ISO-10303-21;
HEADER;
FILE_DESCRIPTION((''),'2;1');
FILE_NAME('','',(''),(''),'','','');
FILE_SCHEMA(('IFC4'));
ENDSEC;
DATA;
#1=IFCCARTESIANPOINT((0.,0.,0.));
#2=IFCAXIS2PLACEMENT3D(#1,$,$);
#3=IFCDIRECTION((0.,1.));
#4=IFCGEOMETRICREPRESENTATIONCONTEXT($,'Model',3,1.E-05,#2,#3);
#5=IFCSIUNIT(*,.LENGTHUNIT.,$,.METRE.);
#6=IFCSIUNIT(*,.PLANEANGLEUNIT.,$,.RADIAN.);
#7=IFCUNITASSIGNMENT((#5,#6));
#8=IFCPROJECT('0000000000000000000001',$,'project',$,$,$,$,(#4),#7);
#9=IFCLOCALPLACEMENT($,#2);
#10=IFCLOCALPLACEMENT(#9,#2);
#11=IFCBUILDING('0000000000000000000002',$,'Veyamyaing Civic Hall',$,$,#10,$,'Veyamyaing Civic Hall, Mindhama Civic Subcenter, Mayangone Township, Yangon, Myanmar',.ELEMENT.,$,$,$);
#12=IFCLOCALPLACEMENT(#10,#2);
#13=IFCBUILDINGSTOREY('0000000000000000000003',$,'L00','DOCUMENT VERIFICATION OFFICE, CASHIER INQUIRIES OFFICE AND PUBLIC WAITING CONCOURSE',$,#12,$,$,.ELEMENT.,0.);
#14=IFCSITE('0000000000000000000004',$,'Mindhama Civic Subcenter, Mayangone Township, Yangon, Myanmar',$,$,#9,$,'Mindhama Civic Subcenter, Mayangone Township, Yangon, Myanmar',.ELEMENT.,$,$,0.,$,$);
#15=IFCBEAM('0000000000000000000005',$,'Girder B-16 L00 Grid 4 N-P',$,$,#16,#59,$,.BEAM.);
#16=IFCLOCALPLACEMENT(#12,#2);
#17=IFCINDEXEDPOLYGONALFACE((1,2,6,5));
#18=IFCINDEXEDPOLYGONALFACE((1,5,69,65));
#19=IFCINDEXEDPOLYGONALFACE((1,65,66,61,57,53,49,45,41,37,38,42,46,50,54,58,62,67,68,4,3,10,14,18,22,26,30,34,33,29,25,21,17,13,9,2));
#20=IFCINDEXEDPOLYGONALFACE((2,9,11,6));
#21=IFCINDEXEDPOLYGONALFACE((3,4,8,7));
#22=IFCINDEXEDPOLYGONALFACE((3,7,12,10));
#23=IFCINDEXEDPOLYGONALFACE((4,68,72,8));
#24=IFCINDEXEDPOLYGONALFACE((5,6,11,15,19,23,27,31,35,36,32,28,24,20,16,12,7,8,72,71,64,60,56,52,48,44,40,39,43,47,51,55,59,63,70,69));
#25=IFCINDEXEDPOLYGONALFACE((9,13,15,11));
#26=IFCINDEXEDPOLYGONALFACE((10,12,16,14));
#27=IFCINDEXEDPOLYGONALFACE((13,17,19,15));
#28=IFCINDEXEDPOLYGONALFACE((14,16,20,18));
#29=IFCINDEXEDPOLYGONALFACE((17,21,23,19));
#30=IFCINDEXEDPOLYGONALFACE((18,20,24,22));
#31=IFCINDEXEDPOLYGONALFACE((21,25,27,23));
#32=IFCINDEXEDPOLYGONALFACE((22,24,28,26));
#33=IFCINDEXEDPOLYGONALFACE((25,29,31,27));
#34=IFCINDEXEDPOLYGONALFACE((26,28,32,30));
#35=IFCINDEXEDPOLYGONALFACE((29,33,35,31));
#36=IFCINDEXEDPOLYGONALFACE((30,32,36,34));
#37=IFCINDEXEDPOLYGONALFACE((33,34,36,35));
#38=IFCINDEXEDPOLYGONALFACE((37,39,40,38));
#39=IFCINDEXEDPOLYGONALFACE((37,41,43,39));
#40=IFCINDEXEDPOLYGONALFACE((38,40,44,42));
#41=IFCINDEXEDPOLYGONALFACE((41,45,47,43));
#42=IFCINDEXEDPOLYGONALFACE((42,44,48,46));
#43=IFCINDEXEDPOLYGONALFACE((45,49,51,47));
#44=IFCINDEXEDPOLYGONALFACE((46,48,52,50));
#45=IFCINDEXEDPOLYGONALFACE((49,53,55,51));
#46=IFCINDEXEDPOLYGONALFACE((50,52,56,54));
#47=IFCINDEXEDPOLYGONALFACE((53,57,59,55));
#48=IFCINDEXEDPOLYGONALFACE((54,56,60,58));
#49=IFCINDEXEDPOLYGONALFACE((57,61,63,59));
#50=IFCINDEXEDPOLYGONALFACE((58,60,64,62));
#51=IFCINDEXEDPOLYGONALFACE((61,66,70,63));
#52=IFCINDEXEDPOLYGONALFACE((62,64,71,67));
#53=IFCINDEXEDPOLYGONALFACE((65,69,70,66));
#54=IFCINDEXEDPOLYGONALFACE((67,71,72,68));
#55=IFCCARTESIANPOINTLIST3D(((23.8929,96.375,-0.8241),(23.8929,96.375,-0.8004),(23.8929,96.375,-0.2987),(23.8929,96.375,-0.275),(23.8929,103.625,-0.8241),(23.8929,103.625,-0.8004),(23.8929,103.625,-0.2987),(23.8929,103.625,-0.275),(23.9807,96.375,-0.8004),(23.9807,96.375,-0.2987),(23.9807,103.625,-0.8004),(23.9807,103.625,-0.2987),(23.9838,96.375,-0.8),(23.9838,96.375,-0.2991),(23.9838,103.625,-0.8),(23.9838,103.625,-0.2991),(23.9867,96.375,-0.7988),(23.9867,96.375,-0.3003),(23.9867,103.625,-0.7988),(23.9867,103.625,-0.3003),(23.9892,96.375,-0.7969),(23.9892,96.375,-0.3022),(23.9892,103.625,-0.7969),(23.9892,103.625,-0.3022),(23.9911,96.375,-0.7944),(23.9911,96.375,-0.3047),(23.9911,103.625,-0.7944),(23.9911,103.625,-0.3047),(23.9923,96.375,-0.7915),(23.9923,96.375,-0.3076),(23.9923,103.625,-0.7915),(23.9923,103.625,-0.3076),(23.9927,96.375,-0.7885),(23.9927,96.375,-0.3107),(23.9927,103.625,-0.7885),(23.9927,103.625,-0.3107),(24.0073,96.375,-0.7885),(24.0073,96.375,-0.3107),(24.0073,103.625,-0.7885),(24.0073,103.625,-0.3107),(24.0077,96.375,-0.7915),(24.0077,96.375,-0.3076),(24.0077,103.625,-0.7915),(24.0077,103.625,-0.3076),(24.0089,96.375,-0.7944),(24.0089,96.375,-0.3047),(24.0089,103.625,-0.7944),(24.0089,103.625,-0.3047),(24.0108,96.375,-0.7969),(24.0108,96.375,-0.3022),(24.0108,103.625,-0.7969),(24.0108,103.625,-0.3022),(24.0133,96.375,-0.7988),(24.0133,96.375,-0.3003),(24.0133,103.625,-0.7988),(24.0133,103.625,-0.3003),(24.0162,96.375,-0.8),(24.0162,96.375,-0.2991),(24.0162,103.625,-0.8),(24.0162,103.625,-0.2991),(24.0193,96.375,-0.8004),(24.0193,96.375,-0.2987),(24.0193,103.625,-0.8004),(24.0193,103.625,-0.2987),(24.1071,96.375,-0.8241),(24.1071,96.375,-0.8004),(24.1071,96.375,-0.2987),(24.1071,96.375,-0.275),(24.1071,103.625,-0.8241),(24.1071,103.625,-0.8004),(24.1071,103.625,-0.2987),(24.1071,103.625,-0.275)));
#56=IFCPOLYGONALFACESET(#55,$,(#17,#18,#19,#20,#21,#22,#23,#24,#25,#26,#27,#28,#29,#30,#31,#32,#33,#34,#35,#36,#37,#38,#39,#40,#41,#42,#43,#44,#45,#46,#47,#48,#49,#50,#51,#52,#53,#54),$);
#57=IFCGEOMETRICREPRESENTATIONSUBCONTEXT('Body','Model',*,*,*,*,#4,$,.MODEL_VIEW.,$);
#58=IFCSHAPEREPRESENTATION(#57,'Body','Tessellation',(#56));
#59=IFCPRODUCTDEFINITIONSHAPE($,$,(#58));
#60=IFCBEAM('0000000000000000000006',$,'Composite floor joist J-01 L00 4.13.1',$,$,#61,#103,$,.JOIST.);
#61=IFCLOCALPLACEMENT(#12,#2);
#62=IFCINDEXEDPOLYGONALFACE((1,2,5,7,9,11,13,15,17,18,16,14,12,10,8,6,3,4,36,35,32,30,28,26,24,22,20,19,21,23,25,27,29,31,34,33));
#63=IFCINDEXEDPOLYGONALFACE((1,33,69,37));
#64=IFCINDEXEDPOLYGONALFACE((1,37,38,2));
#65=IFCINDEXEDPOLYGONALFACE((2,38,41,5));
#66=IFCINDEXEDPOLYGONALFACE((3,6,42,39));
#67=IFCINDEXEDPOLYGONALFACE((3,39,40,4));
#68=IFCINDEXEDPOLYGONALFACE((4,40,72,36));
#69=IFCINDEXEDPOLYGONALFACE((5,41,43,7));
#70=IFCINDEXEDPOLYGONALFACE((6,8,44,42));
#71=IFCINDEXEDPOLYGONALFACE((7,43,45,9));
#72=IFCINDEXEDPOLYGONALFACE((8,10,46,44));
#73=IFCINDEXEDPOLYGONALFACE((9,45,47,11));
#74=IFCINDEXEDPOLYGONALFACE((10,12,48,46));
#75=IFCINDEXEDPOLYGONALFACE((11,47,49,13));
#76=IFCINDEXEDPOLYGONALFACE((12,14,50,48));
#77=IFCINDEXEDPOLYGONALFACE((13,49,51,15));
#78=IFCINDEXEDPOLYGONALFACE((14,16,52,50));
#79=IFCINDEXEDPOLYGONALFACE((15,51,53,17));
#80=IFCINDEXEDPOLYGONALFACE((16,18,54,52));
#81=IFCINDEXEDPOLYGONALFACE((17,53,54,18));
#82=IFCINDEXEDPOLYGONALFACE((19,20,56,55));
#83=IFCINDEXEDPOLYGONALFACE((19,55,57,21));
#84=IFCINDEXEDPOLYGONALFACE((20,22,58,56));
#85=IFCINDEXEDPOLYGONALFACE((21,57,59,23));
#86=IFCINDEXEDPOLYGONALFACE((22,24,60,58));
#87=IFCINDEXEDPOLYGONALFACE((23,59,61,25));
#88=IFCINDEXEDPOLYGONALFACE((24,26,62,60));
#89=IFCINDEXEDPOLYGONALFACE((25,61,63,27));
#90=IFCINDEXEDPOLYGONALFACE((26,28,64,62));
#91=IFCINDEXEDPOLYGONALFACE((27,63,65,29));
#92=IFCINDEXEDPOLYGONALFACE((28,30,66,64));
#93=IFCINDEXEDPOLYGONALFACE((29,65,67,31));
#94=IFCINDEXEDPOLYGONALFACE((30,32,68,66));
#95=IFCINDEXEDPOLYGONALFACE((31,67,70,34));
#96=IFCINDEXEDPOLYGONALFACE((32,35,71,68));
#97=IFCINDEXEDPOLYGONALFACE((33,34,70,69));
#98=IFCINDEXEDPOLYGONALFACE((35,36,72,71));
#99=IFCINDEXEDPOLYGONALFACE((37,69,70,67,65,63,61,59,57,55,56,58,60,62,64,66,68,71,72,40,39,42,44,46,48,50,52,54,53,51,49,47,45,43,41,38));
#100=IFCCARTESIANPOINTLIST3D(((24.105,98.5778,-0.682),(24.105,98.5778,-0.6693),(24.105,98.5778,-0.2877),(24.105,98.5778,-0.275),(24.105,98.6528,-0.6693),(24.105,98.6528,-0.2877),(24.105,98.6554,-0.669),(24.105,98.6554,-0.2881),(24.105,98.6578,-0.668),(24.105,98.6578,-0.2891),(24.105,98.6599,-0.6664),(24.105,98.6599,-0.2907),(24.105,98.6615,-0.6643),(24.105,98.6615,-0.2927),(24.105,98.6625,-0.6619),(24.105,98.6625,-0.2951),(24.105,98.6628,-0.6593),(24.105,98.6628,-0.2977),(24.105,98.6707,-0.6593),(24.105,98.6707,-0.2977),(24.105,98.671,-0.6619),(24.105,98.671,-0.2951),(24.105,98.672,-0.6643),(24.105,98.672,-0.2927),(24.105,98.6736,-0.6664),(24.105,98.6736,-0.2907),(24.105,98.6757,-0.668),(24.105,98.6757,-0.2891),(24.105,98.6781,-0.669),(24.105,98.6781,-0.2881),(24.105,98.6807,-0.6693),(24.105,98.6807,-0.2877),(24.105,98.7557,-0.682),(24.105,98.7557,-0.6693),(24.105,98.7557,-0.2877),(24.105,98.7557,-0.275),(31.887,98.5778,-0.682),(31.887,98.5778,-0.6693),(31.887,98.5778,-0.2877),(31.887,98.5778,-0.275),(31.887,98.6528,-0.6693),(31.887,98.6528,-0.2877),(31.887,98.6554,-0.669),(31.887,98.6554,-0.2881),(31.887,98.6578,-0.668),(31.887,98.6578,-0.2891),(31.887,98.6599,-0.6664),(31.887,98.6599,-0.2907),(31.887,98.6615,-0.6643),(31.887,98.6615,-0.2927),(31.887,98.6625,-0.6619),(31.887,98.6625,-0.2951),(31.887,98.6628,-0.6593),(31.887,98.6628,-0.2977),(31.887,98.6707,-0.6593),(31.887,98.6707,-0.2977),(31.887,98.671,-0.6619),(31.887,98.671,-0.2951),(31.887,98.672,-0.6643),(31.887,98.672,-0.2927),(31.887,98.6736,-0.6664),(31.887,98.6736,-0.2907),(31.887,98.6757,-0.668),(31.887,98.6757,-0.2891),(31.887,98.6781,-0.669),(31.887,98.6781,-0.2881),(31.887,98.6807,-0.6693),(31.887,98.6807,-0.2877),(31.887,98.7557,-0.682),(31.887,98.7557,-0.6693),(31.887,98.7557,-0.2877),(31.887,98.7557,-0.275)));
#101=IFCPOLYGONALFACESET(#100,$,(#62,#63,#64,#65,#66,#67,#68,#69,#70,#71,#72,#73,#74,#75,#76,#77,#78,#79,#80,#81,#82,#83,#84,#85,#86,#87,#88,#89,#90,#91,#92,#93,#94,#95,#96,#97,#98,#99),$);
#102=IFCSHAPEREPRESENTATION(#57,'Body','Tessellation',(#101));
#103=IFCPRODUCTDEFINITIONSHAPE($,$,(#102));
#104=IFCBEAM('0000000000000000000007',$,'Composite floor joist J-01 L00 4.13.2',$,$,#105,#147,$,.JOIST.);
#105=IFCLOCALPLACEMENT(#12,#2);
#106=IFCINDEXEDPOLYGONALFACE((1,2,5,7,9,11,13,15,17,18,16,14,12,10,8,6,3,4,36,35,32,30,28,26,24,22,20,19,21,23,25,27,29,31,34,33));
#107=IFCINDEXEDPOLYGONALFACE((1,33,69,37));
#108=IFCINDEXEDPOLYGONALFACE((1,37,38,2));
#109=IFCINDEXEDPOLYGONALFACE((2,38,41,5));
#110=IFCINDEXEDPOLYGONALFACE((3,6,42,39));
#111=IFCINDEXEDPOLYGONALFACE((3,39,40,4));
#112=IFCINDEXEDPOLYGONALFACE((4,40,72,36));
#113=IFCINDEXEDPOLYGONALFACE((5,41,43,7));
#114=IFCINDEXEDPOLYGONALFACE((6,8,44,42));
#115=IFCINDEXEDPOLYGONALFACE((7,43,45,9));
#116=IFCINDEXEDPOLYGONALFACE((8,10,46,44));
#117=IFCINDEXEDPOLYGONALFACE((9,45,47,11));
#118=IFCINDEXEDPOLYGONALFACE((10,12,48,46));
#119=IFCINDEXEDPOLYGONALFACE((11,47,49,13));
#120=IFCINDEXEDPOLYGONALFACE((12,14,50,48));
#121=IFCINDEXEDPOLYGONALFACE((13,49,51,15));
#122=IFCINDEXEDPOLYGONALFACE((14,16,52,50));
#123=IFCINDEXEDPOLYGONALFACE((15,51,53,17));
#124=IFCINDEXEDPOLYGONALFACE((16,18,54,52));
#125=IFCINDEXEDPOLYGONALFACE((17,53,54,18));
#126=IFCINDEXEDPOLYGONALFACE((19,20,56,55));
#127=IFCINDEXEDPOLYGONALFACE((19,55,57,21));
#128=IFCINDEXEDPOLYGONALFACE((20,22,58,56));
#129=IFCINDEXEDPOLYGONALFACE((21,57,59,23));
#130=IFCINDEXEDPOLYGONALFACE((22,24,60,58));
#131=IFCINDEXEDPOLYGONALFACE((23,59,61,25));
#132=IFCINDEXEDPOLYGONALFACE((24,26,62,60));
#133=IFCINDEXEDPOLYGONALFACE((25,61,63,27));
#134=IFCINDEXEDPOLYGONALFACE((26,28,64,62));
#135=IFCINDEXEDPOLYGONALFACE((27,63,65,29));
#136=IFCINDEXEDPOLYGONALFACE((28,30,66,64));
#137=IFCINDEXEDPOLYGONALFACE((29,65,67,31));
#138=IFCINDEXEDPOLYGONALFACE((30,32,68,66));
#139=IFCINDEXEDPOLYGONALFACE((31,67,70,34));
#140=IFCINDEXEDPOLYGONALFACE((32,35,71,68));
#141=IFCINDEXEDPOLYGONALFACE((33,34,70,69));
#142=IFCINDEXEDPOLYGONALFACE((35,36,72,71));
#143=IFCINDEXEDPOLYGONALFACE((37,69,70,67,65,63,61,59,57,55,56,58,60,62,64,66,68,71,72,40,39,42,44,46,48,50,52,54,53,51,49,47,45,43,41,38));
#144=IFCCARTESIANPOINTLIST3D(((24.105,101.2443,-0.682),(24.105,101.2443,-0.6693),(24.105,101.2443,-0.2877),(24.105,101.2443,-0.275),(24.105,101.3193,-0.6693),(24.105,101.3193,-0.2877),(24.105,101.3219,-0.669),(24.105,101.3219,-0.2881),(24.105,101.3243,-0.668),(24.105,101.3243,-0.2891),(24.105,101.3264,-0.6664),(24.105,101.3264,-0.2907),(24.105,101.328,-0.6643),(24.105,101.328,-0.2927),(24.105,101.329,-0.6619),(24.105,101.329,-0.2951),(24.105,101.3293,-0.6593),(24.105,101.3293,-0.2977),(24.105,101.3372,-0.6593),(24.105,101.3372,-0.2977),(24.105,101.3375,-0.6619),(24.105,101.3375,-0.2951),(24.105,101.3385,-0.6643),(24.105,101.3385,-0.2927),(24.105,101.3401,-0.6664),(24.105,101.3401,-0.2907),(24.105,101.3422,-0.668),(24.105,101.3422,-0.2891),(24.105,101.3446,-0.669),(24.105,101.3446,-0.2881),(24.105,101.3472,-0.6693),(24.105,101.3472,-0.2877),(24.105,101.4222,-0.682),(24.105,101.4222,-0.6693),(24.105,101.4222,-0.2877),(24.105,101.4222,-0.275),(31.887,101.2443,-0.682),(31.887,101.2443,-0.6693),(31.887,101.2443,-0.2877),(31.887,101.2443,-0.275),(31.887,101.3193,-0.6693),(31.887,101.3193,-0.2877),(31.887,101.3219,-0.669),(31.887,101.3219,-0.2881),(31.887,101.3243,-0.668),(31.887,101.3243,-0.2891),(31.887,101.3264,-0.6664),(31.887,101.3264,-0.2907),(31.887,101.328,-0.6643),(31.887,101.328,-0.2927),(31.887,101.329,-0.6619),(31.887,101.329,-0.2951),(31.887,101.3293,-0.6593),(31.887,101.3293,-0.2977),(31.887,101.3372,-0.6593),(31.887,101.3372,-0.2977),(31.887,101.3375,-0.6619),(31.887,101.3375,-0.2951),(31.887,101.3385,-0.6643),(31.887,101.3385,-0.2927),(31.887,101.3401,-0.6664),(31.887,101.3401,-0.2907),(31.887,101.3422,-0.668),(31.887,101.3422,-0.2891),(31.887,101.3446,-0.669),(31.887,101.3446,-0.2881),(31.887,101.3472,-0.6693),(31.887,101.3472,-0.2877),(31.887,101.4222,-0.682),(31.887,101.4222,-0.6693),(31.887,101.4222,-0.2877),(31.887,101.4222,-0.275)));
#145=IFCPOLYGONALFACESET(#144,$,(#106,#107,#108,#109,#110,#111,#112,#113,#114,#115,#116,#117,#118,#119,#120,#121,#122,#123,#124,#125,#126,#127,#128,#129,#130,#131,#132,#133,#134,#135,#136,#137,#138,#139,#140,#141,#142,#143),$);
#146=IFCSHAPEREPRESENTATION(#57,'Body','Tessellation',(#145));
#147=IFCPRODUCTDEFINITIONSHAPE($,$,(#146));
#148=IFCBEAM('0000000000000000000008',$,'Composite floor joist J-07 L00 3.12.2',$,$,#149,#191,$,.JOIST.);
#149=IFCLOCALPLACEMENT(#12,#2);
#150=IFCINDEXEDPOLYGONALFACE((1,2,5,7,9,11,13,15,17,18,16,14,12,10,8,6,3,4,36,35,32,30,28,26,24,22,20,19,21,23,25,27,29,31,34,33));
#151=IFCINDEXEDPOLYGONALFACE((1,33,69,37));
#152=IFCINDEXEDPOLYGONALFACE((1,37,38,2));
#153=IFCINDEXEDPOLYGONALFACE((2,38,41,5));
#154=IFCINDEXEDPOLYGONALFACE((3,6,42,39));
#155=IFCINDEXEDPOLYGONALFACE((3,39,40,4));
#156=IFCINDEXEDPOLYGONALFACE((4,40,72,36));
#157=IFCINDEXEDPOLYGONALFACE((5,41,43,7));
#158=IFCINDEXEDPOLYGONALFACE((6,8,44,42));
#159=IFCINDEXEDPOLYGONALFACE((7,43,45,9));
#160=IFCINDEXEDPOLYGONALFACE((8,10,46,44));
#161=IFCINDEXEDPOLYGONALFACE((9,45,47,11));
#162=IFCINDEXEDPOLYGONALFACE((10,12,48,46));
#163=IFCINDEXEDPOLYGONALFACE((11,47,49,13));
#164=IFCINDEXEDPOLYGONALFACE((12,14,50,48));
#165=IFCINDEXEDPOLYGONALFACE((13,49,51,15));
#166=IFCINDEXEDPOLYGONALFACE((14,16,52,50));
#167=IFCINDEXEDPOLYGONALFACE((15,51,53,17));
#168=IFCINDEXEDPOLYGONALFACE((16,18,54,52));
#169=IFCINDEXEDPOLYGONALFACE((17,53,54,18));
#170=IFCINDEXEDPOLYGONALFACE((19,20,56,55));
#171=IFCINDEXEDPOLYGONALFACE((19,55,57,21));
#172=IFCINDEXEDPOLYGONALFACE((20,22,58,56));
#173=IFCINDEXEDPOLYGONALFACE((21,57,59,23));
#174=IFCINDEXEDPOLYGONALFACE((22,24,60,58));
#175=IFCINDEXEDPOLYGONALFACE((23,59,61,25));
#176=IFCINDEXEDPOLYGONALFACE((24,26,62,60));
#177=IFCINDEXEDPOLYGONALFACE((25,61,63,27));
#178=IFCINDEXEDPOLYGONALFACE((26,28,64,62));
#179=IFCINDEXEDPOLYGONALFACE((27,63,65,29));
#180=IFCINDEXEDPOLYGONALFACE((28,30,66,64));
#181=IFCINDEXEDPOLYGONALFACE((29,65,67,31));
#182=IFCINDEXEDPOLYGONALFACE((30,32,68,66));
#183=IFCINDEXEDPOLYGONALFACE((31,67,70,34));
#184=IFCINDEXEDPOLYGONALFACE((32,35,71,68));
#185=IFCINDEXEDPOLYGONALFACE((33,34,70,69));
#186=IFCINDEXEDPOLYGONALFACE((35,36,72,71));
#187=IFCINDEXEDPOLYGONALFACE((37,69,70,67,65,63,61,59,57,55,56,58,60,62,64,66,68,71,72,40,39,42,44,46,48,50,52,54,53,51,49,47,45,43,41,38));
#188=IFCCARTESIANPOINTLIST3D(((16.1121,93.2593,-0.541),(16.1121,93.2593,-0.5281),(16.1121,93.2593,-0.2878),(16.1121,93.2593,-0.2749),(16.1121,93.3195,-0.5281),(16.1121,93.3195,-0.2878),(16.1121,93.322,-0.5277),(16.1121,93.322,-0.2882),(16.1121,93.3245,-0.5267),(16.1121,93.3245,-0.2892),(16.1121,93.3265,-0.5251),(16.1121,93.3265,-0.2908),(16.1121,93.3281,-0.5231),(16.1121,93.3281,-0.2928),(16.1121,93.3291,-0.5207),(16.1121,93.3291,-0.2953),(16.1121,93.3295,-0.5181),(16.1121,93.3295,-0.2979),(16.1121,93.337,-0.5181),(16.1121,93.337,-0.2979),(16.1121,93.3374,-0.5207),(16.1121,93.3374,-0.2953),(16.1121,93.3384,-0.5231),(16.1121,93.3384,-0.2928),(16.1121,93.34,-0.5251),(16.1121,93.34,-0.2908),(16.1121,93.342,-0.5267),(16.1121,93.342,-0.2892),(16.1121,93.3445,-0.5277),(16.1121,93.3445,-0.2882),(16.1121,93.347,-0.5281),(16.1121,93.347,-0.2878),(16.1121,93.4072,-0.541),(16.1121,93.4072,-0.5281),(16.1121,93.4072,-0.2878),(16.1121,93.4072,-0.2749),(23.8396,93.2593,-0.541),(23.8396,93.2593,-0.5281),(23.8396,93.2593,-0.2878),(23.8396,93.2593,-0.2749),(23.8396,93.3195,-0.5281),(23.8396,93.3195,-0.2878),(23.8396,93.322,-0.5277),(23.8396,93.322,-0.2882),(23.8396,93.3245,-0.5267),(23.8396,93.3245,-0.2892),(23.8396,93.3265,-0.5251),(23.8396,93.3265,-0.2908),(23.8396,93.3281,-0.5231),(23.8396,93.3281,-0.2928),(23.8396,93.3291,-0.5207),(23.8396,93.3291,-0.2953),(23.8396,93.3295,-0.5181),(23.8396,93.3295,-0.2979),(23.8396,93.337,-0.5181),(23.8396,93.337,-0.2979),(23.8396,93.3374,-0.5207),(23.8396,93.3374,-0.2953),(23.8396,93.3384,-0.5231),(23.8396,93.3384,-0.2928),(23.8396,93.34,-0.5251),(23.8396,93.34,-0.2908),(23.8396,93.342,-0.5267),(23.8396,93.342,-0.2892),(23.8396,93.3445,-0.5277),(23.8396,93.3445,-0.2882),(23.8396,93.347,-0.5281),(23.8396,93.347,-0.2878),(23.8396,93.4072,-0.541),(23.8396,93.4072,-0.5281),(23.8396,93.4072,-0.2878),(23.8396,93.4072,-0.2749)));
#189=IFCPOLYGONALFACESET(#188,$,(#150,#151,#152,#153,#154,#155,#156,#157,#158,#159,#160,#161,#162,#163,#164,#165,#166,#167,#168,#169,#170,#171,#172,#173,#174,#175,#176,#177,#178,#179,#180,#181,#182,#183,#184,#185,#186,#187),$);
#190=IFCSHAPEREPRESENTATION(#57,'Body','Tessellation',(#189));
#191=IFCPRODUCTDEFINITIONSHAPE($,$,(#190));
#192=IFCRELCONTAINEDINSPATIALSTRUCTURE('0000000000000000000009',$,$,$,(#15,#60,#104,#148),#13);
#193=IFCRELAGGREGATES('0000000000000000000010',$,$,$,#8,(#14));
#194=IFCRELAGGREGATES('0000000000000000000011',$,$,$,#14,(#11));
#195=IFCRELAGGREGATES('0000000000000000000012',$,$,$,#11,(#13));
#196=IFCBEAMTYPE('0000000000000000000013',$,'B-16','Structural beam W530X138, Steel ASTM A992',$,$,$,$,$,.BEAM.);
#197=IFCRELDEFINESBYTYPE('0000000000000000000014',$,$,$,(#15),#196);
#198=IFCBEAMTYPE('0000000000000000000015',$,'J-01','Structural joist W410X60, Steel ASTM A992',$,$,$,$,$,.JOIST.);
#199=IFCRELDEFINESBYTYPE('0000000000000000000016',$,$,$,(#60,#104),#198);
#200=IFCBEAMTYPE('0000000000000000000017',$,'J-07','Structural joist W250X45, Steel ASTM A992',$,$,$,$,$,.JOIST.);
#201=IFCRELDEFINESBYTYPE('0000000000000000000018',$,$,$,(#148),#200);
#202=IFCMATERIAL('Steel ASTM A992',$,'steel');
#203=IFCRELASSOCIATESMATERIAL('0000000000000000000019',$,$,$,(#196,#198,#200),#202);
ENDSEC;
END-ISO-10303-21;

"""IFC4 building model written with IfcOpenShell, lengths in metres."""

from ifc_helpers import new_model, si_unit, direction, frame, origin, origin_2d, place, context, subcontext, project, spatial, i_section, extrude, material, material_profile, profile_set, type_object, element, save


model = new_model("IFC4")

# Units and contexts
model_context = context("Model", 3, precision=1e-05, world=origin(), true_north=direction((0.0, 1.0)))
body_context = subcontext(model_context, "Body", "Model", "MODEL_VIEW")
ifc_project = project(units=[si_unit("LENGTHUNIT", "METRE"), si_unit("PLANEANGLEUNIT", "RADIAN")], contexts=[model_context])

# Site, building, storey
site_placement = place(None, origin())
site = spatial("IfcSite", under=ifc_project, at=site_placement, Name="Mindhama Civic Subcenter, Mayangone Township, Yangon, Myanmar", LongName="Mindhama Civic Subcenter, Mayangone Township, Yangon, Myanmar", CompositionType="ELEMENT", RefElevation=0.0)
building_placement = place(site_placement, origin())
building = spatial("IfcBuilding", under=site, at=building_placement, Name="Veyamyaing Civic Hall", LongName="Veyamyaing Civic Hall, Mindhama Civic Subcenter, Mayangone Township, Yangon, Myanmar", CompositionType="ELEMENT")
storey_placement = place(building_placement, origin())
storey = spatial("IfcBuildingStorey", under=building, at=storey_placement, Name="L00", Description="DOCUMENT VERIFICATION OFFICE, CASHIER INQUIRIES OFFICE AND PUBLIC WAITING CONCOURSE", CompositionType="ELEMENT", Elevation=0.0)

# Beams
ifc_material_1 = material(Name="Steel ASTM A992", Category="steel")
ifc_material_profile_1 = material_profile(ifc_material_1, i_section(OverallWidth=0.2141, OverallDepth=0.5491, WebThickness=0.0146, FlangeThickness=0.0237, FilletRadius=0.012, at=origin_2d()), Name="W530X138")
ifc_profile_set_1 = profile_set([ifc_material_profile_1], Name="Steel ASTM A992")
beam_type_1 = type_object("IfcBeamType", Name="B-16", Description="Structural beam W530X138, Steel ASTM A992", PredefinedType="BEAM", material=ifc_profile_set_1)
beam_1_placement = place(storey_placement, frame((24.0, 96.375, -0.5496), z_axis=(0.0, 1.0, 0.0), x_axis=(-1.0, 0.0, 0.0)))
element("IfcBeam", 1, at=beam_1_placement, inside=storey, type_object=beam_type_1, Name="Girder B-16 L00 Grid 4 N-P", PredefinedType="BEAM", context=body_context, shape_type="SweptSolid", body=[
    extrude(i_section(OverallWidth=0.2141, OverallDepth=0.5491, WebThickness=0.0146, FlangeThickness=0.0237, FilletRadius=0.012, at=origin_2d()), origin(), (0.0, 0.0, 1.0), 7.25),
])
ifc_material_profile_2 = material_profile(ifc_material_1, i_section(OverallWidth=0.178, OverallDepth=0.407, WebThickness=0.0078, FlangeThickness=0.0127, FilletRadius=0.01, at=origin_2d()), Name="W410X60")
ifc_profile_set_2 = profile_set([ifc_material_profile_2], Name="Steel ASTM A992")
beam_type_2 = type_object("IfcBeamType", Name="J-01", Description="Structural joist W410X60, Steel ASTM A992", PredefinedType="JOIST", material=ifc_profile_set_2)
for number, where, z_axis, x_axis, name in (
    (2, (24.105, 98.6667, -0.4785), (1.0, 0.0, 0.0), (0.0, 1.0, 0.0), "Composite floor joist J-01 L00 4.13.1"),
    (3, (24.105, 101.3333, -0.4785), (1.0, 0.0, 0.0), (0.0, 1.0, 0.0), "Composite floor joist J-01 L00 4.13.2"),
):
    element("IfcBeam", number, at=place(storey_placement, frame(where, z_axis=z_axis, x_axis=x_axis)), inside=storey, type_object=beam_type_2, Name=name, PredefinedType="JOIST", context=body_context, shape_type="SweptSolid", body=[
        extrude(i_section(OverallWidth=0.178, OverallDepth=0.407, WebThickness=0.0078, FlangeThickness=0.0127, FilletRadius=0.01, at=origin_2d()), origin(), (0.0, 0.0, 1.0), 7.782),
    ])
ifc_material_profile_3 = material_profile(ifc_material_1, i_section(OverallWidth=0.1479, OverallDepth=0.2661, WebThickness=0.0076, FlangeThickness=0.0129, FilletRadius=0.01, at=origin_2d()), Name="W250X45")
ifc_profile_set_3 = profile_set([ifc_material_profile_3], Name="Steel ASTM A992")
beam_type_3 = type_object("IfcBeamType", Name="J-07", Description="Structural joist W250X45, Steel ASTM A992", PredefinedType="JOIST", material=ifc_profile_set_3)
beam_2_placement = place(storey_placement, frame((16.1121, 93.3333, -0.408), z_axis=(1.0, 0.0, 0.0), x_axis=(0.0, 1.0, 0.0)))
element("IfcBeam", 4, at=beam_2_placement, inside=storey, type_object=beam_type_3, Name="Composite floor joist J-07 L00 3.12.2", PredefinedType="JOIST", context=body_context, shape_type="SweptSolid", body=[
    extrude(i_section(OverallWidth=0.1479, OverallDepth=0.2661, WebThickness=0.0076, FlangeThickness=0.0129, FilletRadius=0.01, at=origin_2d()), origin(), (0.0, 0.0, 1.0), 7.7275),
])

save(model, "model.ifc")
